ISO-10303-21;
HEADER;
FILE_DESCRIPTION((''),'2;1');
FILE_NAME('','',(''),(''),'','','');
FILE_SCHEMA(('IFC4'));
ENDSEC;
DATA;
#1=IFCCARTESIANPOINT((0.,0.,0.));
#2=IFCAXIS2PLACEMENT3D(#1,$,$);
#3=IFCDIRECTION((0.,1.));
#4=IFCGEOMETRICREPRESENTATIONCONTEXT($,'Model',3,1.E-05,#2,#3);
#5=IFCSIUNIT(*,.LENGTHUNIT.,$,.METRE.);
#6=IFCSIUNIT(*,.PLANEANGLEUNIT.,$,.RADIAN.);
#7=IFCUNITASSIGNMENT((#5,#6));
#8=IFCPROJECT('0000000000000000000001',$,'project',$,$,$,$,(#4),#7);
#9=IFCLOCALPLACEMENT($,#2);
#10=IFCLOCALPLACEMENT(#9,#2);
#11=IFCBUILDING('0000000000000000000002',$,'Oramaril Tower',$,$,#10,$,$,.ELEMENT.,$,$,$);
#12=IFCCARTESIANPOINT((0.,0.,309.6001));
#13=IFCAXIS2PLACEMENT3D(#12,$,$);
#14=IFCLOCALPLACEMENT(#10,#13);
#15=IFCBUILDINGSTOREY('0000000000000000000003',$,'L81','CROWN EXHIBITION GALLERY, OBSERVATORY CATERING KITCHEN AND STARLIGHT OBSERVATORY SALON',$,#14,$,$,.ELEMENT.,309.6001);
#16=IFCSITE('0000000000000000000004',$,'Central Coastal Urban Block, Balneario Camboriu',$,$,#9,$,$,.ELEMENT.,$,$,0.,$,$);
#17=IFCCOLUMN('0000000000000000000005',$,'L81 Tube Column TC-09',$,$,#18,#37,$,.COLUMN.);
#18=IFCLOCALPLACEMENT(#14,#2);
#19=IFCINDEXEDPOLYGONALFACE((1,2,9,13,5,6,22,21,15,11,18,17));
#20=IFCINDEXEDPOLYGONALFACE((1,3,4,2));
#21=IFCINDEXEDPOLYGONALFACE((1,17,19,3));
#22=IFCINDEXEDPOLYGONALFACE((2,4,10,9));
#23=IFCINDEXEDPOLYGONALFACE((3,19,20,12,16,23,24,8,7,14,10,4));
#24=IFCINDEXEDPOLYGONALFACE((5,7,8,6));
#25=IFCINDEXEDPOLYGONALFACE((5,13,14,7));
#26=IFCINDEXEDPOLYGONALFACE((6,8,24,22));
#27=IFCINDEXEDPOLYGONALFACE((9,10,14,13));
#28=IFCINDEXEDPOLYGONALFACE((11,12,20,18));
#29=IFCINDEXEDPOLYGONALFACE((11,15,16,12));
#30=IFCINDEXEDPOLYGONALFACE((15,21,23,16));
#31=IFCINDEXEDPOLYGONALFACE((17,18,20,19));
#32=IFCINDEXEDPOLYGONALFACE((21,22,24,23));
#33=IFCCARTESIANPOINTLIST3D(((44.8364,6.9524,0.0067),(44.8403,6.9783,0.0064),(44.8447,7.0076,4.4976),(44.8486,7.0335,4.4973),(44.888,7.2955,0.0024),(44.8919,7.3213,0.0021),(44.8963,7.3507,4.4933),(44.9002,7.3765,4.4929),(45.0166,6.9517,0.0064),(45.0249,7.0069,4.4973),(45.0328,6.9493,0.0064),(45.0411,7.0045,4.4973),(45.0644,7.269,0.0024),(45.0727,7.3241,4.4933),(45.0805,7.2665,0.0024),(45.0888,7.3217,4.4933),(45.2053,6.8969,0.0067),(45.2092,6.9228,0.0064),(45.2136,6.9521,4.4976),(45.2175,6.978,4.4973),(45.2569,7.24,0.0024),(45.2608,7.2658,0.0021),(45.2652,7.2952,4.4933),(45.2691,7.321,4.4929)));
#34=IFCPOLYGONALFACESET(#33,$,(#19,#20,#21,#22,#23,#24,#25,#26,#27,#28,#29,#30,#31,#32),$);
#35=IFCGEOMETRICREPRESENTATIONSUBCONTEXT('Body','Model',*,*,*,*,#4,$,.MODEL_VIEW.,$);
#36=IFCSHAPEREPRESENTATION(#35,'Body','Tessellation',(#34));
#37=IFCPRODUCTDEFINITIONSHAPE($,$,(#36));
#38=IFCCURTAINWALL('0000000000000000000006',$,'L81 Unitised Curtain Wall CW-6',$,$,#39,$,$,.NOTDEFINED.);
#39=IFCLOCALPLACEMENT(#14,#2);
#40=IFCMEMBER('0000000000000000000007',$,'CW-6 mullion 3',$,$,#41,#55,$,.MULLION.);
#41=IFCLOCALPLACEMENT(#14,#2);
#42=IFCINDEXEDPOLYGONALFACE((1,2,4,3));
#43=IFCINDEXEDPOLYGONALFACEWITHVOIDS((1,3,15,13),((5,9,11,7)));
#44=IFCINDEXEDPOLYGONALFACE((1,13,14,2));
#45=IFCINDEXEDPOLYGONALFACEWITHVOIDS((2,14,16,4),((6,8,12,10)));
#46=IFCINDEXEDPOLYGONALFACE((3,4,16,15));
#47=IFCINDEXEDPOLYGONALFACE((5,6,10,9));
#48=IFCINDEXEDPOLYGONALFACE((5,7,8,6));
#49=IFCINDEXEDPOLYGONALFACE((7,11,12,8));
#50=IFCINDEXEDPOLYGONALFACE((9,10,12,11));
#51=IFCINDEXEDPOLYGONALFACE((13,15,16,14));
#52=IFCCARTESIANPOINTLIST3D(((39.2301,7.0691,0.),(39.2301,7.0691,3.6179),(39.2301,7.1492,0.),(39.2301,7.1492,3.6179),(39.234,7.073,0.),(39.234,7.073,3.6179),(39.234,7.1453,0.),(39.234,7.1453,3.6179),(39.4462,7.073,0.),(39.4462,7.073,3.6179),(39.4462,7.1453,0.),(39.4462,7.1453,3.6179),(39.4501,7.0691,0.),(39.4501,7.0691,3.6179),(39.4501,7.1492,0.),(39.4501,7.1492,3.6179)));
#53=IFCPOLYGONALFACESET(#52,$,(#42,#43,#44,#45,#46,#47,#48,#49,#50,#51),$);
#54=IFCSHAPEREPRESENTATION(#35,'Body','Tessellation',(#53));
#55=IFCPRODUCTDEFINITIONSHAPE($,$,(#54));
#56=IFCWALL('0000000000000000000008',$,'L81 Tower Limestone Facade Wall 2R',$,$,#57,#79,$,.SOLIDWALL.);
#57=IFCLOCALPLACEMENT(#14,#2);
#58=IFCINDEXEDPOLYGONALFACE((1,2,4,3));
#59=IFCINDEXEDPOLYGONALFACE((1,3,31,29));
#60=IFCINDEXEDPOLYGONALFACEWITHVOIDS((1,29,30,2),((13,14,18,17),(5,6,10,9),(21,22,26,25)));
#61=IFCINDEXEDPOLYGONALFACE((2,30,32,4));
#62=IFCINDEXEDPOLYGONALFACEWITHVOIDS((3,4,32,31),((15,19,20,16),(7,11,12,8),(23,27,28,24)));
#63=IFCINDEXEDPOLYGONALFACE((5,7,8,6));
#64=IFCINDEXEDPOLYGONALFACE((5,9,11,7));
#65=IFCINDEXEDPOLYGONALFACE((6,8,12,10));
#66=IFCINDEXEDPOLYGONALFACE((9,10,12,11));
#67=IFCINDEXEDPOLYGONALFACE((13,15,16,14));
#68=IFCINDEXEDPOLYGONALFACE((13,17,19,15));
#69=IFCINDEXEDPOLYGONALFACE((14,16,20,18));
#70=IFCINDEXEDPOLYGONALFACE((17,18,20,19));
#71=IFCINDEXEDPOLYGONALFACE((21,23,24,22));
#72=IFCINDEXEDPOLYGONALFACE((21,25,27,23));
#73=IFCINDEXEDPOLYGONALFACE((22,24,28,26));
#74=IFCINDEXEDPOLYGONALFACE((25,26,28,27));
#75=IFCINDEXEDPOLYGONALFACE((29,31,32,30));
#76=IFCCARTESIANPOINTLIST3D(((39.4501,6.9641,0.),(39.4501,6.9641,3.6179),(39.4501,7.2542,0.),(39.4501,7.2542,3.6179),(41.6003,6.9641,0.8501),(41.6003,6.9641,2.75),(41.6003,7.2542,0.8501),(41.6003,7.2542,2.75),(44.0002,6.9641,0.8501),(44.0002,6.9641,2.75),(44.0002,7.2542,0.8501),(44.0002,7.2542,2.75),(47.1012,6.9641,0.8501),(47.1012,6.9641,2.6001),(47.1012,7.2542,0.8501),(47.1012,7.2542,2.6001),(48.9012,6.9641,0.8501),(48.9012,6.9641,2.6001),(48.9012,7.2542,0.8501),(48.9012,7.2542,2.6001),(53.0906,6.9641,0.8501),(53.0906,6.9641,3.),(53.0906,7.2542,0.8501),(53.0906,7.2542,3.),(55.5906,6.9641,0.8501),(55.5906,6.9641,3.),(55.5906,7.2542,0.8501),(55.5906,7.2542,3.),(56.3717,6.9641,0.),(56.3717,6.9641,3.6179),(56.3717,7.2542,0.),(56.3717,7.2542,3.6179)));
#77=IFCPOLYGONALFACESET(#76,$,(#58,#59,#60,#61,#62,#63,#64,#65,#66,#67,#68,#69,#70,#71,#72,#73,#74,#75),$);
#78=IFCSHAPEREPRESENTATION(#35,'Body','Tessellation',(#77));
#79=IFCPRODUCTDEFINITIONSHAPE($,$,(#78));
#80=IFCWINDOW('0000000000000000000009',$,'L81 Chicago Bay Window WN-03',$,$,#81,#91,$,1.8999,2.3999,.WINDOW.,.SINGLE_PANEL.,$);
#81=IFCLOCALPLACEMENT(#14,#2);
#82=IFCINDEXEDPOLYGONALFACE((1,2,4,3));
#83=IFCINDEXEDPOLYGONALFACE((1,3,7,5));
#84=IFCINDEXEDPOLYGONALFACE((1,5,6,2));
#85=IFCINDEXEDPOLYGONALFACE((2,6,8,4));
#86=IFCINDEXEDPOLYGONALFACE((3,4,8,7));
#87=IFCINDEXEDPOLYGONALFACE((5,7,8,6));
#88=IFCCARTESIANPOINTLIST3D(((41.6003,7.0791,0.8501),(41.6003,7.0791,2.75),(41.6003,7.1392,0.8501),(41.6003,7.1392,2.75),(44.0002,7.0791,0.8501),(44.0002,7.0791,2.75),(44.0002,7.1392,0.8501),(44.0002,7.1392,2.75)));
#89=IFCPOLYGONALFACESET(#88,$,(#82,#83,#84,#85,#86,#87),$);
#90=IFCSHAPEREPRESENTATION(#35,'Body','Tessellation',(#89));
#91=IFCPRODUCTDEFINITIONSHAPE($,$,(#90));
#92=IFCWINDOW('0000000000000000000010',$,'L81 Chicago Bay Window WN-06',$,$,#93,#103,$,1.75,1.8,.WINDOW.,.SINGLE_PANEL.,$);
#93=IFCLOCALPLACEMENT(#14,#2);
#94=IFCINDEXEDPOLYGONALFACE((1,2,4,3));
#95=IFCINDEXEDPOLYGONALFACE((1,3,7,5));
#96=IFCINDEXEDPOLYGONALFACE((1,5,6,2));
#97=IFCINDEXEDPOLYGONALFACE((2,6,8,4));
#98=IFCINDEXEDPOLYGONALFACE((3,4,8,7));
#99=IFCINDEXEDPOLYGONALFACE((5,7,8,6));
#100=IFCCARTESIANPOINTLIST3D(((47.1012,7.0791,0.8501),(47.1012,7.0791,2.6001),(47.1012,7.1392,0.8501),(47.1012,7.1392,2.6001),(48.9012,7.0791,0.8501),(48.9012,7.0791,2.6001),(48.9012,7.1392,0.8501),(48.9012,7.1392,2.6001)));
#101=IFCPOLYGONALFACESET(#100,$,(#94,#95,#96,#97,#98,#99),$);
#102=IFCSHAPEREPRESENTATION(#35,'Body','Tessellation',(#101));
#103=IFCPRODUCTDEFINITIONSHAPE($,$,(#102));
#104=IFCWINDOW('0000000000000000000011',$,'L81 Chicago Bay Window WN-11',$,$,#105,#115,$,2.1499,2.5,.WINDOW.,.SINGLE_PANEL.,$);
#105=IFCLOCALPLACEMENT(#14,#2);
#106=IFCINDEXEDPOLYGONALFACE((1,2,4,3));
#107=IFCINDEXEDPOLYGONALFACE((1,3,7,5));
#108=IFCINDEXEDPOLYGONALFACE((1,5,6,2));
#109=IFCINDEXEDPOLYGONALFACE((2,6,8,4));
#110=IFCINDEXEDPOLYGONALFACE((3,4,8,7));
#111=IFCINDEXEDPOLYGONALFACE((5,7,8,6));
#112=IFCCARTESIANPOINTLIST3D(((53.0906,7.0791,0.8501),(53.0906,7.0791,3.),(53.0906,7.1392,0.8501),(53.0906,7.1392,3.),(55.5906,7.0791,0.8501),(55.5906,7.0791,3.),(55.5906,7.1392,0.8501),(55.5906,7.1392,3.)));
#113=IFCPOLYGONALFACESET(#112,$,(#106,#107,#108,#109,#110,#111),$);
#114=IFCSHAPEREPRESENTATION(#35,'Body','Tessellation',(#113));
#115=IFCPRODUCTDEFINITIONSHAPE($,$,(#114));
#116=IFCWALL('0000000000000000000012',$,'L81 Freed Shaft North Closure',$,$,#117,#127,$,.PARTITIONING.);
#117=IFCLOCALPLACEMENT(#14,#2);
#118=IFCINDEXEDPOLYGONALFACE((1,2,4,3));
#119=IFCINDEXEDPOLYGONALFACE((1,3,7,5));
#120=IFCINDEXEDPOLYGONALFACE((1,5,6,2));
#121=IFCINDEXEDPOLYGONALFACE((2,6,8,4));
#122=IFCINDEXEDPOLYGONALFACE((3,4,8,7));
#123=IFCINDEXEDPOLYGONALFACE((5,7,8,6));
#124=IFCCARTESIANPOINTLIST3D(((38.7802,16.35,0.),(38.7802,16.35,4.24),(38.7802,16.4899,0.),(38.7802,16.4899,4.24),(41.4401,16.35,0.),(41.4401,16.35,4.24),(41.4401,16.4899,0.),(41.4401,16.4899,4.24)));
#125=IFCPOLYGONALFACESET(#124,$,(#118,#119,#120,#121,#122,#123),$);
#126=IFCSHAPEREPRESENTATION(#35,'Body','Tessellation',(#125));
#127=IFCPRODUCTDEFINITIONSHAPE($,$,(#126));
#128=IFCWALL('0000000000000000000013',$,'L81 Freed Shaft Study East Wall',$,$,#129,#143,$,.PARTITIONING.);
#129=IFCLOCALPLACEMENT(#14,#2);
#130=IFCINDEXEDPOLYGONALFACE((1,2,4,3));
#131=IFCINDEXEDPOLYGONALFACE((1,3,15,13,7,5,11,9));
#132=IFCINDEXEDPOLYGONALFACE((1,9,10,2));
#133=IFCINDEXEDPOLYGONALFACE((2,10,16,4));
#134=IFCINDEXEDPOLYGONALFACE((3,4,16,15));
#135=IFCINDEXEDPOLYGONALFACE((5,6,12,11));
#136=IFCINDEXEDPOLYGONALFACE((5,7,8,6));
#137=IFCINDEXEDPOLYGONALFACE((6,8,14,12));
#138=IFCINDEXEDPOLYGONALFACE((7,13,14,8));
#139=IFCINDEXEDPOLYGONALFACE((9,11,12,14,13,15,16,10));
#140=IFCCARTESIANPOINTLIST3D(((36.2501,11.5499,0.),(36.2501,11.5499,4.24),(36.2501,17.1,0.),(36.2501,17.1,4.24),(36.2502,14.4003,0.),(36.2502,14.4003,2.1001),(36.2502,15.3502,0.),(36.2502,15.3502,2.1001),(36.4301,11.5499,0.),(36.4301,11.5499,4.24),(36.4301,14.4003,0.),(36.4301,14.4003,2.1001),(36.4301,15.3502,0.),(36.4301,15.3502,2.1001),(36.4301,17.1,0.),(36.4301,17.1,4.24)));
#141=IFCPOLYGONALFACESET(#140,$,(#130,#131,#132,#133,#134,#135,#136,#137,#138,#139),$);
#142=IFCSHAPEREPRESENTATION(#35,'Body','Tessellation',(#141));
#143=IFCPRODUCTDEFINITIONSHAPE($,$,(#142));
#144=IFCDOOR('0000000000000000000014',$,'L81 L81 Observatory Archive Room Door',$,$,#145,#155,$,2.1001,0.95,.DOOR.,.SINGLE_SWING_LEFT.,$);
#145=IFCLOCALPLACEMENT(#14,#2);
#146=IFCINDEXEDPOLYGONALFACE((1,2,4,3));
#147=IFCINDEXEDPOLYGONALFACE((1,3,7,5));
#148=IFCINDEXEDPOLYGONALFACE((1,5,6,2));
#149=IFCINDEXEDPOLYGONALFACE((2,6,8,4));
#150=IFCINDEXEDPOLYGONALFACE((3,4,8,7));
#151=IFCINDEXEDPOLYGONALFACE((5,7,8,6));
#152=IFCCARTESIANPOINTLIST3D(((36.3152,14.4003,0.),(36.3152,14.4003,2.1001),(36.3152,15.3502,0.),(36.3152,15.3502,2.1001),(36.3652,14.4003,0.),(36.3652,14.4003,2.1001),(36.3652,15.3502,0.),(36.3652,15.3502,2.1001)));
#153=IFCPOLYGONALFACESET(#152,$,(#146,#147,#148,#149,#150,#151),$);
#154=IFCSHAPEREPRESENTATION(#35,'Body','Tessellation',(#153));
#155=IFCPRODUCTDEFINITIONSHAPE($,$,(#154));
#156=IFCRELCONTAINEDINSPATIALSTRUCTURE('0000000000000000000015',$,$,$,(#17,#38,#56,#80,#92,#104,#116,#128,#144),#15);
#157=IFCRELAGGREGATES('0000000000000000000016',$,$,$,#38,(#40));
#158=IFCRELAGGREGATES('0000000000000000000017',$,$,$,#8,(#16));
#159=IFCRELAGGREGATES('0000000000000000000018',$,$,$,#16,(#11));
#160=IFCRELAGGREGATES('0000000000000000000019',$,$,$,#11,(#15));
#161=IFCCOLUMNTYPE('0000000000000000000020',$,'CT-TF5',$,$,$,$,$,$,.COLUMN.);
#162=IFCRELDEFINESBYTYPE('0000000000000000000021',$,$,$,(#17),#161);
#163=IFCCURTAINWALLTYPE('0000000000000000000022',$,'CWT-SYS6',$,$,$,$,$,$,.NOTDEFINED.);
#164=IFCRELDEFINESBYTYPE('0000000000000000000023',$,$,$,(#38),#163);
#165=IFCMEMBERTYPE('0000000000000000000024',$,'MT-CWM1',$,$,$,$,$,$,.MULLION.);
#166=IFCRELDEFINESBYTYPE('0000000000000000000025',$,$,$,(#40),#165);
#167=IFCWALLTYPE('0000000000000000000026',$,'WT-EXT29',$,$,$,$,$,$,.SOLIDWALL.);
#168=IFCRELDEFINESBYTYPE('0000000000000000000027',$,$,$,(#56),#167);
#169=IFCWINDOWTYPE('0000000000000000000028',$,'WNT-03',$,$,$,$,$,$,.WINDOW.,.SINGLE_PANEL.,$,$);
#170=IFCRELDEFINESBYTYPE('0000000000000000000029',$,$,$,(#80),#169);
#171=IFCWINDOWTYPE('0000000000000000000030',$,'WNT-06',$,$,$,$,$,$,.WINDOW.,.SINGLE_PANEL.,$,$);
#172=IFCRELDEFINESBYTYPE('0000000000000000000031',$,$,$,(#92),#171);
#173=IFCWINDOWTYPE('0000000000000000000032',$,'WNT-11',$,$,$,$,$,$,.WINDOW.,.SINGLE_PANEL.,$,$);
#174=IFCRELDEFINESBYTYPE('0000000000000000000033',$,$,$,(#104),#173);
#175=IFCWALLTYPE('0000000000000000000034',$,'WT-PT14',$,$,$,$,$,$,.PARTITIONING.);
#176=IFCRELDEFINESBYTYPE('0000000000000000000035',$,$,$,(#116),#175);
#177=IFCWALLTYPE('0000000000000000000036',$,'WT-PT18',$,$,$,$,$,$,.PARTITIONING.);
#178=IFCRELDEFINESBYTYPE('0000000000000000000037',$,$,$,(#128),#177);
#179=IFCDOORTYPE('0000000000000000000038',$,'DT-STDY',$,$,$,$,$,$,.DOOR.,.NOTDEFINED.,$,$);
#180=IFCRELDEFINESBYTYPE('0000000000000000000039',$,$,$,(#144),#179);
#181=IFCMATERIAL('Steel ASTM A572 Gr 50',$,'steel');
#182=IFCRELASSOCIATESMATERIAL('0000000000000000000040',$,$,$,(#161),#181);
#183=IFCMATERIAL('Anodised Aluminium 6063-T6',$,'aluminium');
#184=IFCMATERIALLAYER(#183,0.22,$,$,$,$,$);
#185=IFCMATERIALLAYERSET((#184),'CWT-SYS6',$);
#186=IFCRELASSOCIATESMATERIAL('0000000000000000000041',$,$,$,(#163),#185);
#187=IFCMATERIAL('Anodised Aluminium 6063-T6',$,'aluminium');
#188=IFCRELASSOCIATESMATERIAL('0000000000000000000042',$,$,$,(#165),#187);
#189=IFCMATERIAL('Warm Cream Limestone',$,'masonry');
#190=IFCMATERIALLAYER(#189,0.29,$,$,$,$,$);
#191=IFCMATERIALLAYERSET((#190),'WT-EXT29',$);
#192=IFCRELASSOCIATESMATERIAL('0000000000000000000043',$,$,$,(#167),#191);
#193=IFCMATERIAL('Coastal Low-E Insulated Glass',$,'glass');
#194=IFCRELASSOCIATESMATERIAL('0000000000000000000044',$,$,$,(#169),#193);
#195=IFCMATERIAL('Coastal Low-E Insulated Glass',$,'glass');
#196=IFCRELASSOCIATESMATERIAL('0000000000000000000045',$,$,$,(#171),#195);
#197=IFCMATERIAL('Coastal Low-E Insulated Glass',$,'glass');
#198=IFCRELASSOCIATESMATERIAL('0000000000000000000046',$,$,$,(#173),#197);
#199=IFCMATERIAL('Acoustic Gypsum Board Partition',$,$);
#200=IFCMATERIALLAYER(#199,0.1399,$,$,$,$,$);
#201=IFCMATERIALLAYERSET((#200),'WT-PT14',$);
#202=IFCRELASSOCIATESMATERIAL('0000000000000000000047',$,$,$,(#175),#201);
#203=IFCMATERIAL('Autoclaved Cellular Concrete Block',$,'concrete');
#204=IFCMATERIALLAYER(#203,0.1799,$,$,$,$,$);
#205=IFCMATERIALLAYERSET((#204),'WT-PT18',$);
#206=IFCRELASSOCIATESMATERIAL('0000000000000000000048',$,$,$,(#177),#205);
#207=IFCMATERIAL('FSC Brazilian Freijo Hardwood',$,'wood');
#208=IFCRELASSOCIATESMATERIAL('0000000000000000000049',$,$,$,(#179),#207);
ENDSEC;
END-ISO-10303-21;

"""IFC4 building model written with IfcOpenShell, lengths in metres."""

from ifc_helpers import new_model, si_unit, direction, frame, frame_2d, origin, origin_2d, place, context, subcontext, project, spatial, rectangle, hollow_rectangle, i_section, extrude, material, layer, layer_set, material_profile, profile_set, type_object, element, fill, aggregate, save


model = new_model("IFC4")

# Units and contexts
model_context = context("Model", 3, precision=1e-05, world=origin(), true_north=direction((0.0, 1.0)))
body_context = subcontext(model_context, "Body", "Model", "MODEL_VIEW")
ifc_project = project(units=[si_unit("LENGTHUNIT", "METRE"), si_unit("PLANEANGLEUNIT", "RADIAN")], contexts=[model_context])

# Site, building, storey
site_placement = place(None, origin())
site = spatial("IfcSite", under=ifc_project, at=site_placement, Name="Central Coastal Urban Block, Balneario Camboriu", CompositionType="ELEMENT", RefElevation=0.0)
building_placement = place(site_placement, origin())
building = spatial("IfcBuilding", under=site, at=building_placement, Name="Oramaril Tower", CompositionType="ELEMENT")
storey_placement = place(building_placement, frame((0.0, 0.0, 309.6001)))
storey = spatial("IfcBuildingStorey", under=building, at=storey_placement, Name="L81", Description="CROWN EXHIBITION GALLERY, OBSERVATORY CATERING KITCHEN AND STARLIGHT OBSERVATORY SALON", CompositionType="ELEMENT", Elevation=309.6001)

# Column
ifc_material_1 = material(Name="Steel ASTM A572 Gr 50", Category="steel")
ifc_material_profile_1 = material_profile(ifc_material_1, i_section(OverallWidth=0.373, OverallDepth=0.373, WebThickness=0.0164, FlangeThickness=0.0261, at=origin_2d()), Name="W14X132")
ifc_profile_set_1 = profile_set([ifc_material_profile_1], Name="Steel ASTM A572 Gr 50")
column_type = type_object("IfcColumnType", Name="CT-TF5", PredefinedType="COLUMN", material=ifc_profile_set_1)
column_placement = place(storey_placement, frame((45.0486, 7.1091, 0.0044), z_axis=(0.001848, 0.012285, 0.999923), x_axis=(-0.988872, 0.148768, 0.0)))
element("IfcColumn", 1, at=column_placement, inside=storey, type_object=column_type, Name="L81 Tube Column TC-09", PredefinedType="COLUMN", context=body_context, shape_type="SweptSolid", body=[
    extrude(i_section(OverallWidth=0.373, OverallDepth=0.373, WebThickness=0.0164, FlangeThickness=0.0261, at=origin_2d()), origin(), (0.0, 0.0, 1.0), 4.4912),
])

# Curtain wall, member
ifc_material_2 = material(Name="Anodised Aluminium 6063-T6", Category="aluminium")
ifc_layer_1 = layer(ifc_material_2, 0.22)
ifc_layer_set_1 = layer_set([ifc_layer_1], Name="CWT-SYS6")
curtain_wall_type = type_object("IfcCurtainWallType", Name="CWT-SYS6", PredefinedType="NOTDEFINED", material=ifc_layer_set_1)
curtain_wall_placement = place(storey_placement, origin())
curtain_wall = element("IfcCurtainWall", 2, at=curtain_wall_placement, inside=storey, type_object=curtain_wall_type, Name="L81 Unitised Curtain Wall CW-6", PredefinedType="NOTDEFINED")
ifc_material_3 = material(Name="Anodised Aluminium 6063-T6", Category="aluminium")
ifc_material_profile_2 = material_profile(ifc_material_3, hollow_rectangle(XDim=0.0801, YDim=0.22, WallThickness=0.0039, at=origin_2d()), Name="CWM220X80")
ifc_profile_set_2 = profile_set([ifc_material_profile_2], Name="Anodised Aluminium 6063-T6")
member_type = type_object("IfcMemberType", Name="MT-CWM1", PredefinedType="MULLION", material=ifc_profile_set_2)
member_placement = place(storey_placement, frame((39.3401, 7.1091, 0.0), z_axis=(0.0, 0.0, 1.0), x_axis=(0.0, 1.0, 0.0)))
member = element("IfcMember", 3, at=member_placement, type_object=member_type, Name="CW-6 mullion 3", PredefinedType="MULLION", context=body_context, shape_type="SweptSolid", body=[
    extrude(hollow_rectangle(XDim=0.0801, YDim=0.22, WallThickness=0.0039, at=origin_2d()), origin(), (0.0, 0.0, 1.0), 3.6179),
])
aggregate(curtain_wall, [member])

# Wall, openings, windows
ifc_material_4 = material(Name="Warm Cream Limestone", Category="masonry")
ifc_layer_2 = layer(ifc_material_4, 0.29)
ifc_layer_set_2 = layer_set([ifc_layer_2], Name="WT-EXT29")
wall_type_1 = type_object("IfcWallType", Name="WT-EXT29", PredefinedType="SOLIDWALL", material=ifc_layer_set_2)
wall_1_placement = place(storey_placement, frame((39.45, 7.1091, 0.0), z_axis=(0.0, 0.0, 1.0), x_axis=(1.0, 0.0, 0.0)))
wall_1 = element("IfcWall", 4, at=wall_1_placement, inside=storey, type_object=wall_type_1, Name="L81 Tower Limestone Facade Wall 2R", PredefinedType="SOLIDWALL", context=body_context, shape_type="SweptSolid", body=[
    extrude(rectangle(XDim=16.9216, YDim=0.29, at=frame_2d((8.4609, 0.0))), origin(), (0.0, 0.0, 1.0), 3.6179),
])
opening_1_placement = place(wall_1_placement, frame((2.1504, 0.0, 0.8501)))
opening_1 = element("IfcOpeningElement", 5, at=opening_1_placement, cuts=wall_1, PredefinedType="OPENING", context=body_context, shape_type="SweptSolid", body=[
    extrude(rectangle(XDim=2.3999, YDim=1.8999, at=frame_2d((1.2, 0.95))), frame((0.0, 0.145, 0.0), z_axis=(0.0, -1.0, 0.0), x_axis=(1.0, 0.0, 0.0)), (0.0, 0.0, 1.0), 0.29),
])
opening_2_placement = place(wall_1_placement, frame((7.6514, 0.0, 0.8501)))
opening_2 = element("IfcOpeningElement", 6, at=opening_2_placement, cuts=wall_1, PredefinedType="OPENING", context=body_context, shape_type="SweptSolid", body=[
    extrude(rectangle(XDim=1.8, YDim=1.75, at=frame_2d((0.8999, 0.875))), frame((0.0, 0.145, 0.0), z_axis=(0.0, -1.0, 0.0), x_axis=(1.0, 0.0, 0.0)), (0.0, 0.0, 1.0), 0.29),
])
opening_3_placement = place(wall_1_placement, frame((13.6406, 0.0, 0.8501)))
opening_3 = element("IfcOpeningElement", 7, at=opening_3_placement, cuts=wall_1, PredefinedType="OPENING", context=body_context, shape_type="SweptSolid", body=[
    extrude(rectangle(XDim=2.5, YDim=2.1499, at=frame_2d((1.25, 1.075))), frame((0.0, 0.145, 0.0), z_axis=(0.0, -1.0, 0.0), x_axis=(1.0, 0.0, 0.0)), (0.0, 0.0, 1.0), 0.29),
])
ifc_material_5 = material(Name="Coastal Low-E Insulated Glass", Category="glass")
window_type_1 = type_object("IfcWindowType", Name="WNT-03", PartitioningType="SINGLE_PANEL", PredefinedType="WINDOW", material=ifc_material_5)
window_1_placement = place(opening_1_placement, origin())
window_1 = element("IfcWindow", 8, at=window_1_placement, inside=storey, type_object=window_type_1, Name="L81 Chicago Bay Window WN-03", OverallHeight=1.8999, OverallWidth=2.3999, PartitioningType="SINGLE_PANEL", PredefinedType="WINDOW", context=body_context, shape_type="SweptSolid", body=[
    extrude(rectangle(XDim=2.3999, YDim=1.8999, at=frame_2d((1.2, 0.95))), frame((0.0, 0.03, 0.0), z_axis=(0.0, -1.0, 0.0), x_axis=(1.0, 0.0, 0.0)), (0.0, 0.0, 1.0), 0.0601),
])
fill(opening_1, window_1)
ifc_material_6 = material(Name="Coastal Low-E Insulated Glass", Category="glass")
window_type_2 = type_object("IfcWindowType", Name="WNT-06", PartitioningType="SINGLE_PANEL", PredefinedType="WINDOW", material=ifc_material_6)
window_2_placement = place(opening_2_placement, origin())
window_2 = element("IfcWindow", 9, at=window_2_placement, inside=storey, type_object=window_type_2, Name="L81 Chicago Bay Window WN-06", OverallHeight=1.75, OverallWidth=1.8, PartitioningType="SINGLE_PANEL", PredefinedType="WINDOW", context=body_context, shape_type="SweptSolid", body=[
    extrude(rectangle(XDim=1.8, YDim=1.75, at=frame_2d((0.8999, 0.875))), frame((0.0, 0.03, 0.0), z_axis=(0.0, -1.0, 0.0), x_axis=(1.0, 0.0, 0.0)), (0.0, 0.0, 1.0), 0.0601),
])
fill(opening_2, window_2)
ifc_material_7 = material(Name="Coastal Low-E Insulated Glass", Category="glass")
window_type_3 = type_object("IfcWindowType", Name="WNT-11", PartitioningType="SINGLE_PANEL", PredefinedType="WINDOW", material=ifc_material_7)
window_3_placement = place(opening_3_placement, origin())
window_3 = element("IfcWindow", 10, at=window_3_placement, inside=storey, type_object=window_type_3, Name="L81 Chicago Bay Window WN-11", OverallHeight=2.1499, OverallWidth=2.5, PartitioningType="SINGLE_PANEL", PredefinedType="WINDOW", context=body_context, shape_type="SweptSolid", body=[
    extrude(rectangle(XDim=2.5, YDim=2.1499, at=frame_2d((1.25, 1.075))), frame((0.0, 0.03, 0.0), z_axis=(0.0, -1.0, 0.0), x_axis=(1.0, 0.0, 0.0)), (0.0, 0.0, 1.0), 0.0601),
])
fill(opening_3, window_3)

# Wall
ifc_material_8 = material(Name="Acoustic Gypsum Board Partition")
ifc_layer_3 = layer(ifc_material_8, 0.1399)
ifc_layer_set_3 = layer_set([ifc_layer_3], Name="WT-PT14")
wall_type_2 = type_object("IfcWallType", Name="WT-PT14", PredefinedType="PARTITIONING", material=ifc_layer_set_3)
wall_2_placement = place(storey_placement, frame((38.78, 16.4199, 0.0), z_axis=(0.0, 0.0, 1.0), x_axis=(1.0, 0.0, 0.0)))
element("IfcWall", 11, at=wall_2_placement, inside=storey, type_object=wall_type_2, Name="L81 Freed Shaft North Closure", PredefinedType="PARTITIONING", context=body_context, shape_type="SweptSolid", body=[
    extrude(rectangle(XDim=2.6599, YDim=0.1399, at=frame_2d((1.3301, 0.0))), origin(), (0.0, 0.0, 1.0), 4.24),
])

# Wall, opening, door
ifc_material_9 = material(Name="Autoclaved Cellular Concrete Block", Category="concrete")
ifc_layer_4 = layer(ifc_material_9, 0.1799)
ifc_layer_set_4 = layer_set([ifc_layer_4], Name="WT-PT18")
wall_type_3 = type_object("IfcWallType", Name="WT-PT18", PredefinedType="PARTITIONING", material=ifc_layer_set_4)
wall_3_placement = place(storey_placement, frame((36.3401, 11.55, 0.0), z_axis=(0.0, 0.0, 1.0), x_axis=(0.0, 1.0, 0.0)))
wall_3 = element("IfcWall", 12, at=wall_3_placement, inside=storey, type_object=wall_type_3, Name="L81 Freed Shaft Study East Wall", PredefinedType="PARTITIONING", context=body_context, shape_type="SweptSolid", body=[
    extrude(rectangle(XDim=5.55, YDim=0.1799, at=frame_2d((2.7749, 0.0))), origin(), (0.0, 0.0, 1.0), 4.24),
])
opening_4_placement = place(wall_3_placement, frame((2.8501, 0.0, 0.0)))
opening_4 = element("IfcOpeningElement", 13, at=opening_4_placement, cuts=wall_3, PredefinedType="OPENING", context=body_context, shape_type="SweptSolid", body=[
    extrude(rectangle(XDim=0.95, YDim=2.1001, at=frame_2d((0.4751, 1.05))), frame((0.0, 0.0898, 0.0), z_axis=(0.0, -1.0, 0.0), x_axis=(1.0, 0.0, 0.0)), (0.0, 0.0, 1.0), 0.1799),
])
ifc_material_10 = material(Name="FSC Brazilian Freijo Hardwood", Category="wood")
door_type_1 = type_object("IfcDoorType", Name="DT-STDY", OperationType="NOTDEFINED", PredefinedType="DOOR", material=ifc_material_10)
door_1_placement = place(opening_4_placement, origin())
door_1 = element("IfcDoor", 14, at=door_1_placement, inside=storey, type_object=door_type_1, Name="L81 L81 Observatory Archive Room Door", OperationType="SINGLE_SWING_LEFT", OverallHeight=2.1001, OverallWidth=0.95, PredefinedType="DOOR", context=body_context, shape_type="SweptSolid", body=[
    extrude(rectangle(XDim=0.95, YDim=2.1001, at=frame_2d((0.4751, 1.05))), frame((0.0, 0.0249, 0.0), z_axis=(0.0, -1.0, 0.0), x_axis=(1.0, 0.0, 0.0)), (0.0, 0.0, 1.0), 0.05),
])
fill(opening_4, door_1)

save(model, "model.ifc")
